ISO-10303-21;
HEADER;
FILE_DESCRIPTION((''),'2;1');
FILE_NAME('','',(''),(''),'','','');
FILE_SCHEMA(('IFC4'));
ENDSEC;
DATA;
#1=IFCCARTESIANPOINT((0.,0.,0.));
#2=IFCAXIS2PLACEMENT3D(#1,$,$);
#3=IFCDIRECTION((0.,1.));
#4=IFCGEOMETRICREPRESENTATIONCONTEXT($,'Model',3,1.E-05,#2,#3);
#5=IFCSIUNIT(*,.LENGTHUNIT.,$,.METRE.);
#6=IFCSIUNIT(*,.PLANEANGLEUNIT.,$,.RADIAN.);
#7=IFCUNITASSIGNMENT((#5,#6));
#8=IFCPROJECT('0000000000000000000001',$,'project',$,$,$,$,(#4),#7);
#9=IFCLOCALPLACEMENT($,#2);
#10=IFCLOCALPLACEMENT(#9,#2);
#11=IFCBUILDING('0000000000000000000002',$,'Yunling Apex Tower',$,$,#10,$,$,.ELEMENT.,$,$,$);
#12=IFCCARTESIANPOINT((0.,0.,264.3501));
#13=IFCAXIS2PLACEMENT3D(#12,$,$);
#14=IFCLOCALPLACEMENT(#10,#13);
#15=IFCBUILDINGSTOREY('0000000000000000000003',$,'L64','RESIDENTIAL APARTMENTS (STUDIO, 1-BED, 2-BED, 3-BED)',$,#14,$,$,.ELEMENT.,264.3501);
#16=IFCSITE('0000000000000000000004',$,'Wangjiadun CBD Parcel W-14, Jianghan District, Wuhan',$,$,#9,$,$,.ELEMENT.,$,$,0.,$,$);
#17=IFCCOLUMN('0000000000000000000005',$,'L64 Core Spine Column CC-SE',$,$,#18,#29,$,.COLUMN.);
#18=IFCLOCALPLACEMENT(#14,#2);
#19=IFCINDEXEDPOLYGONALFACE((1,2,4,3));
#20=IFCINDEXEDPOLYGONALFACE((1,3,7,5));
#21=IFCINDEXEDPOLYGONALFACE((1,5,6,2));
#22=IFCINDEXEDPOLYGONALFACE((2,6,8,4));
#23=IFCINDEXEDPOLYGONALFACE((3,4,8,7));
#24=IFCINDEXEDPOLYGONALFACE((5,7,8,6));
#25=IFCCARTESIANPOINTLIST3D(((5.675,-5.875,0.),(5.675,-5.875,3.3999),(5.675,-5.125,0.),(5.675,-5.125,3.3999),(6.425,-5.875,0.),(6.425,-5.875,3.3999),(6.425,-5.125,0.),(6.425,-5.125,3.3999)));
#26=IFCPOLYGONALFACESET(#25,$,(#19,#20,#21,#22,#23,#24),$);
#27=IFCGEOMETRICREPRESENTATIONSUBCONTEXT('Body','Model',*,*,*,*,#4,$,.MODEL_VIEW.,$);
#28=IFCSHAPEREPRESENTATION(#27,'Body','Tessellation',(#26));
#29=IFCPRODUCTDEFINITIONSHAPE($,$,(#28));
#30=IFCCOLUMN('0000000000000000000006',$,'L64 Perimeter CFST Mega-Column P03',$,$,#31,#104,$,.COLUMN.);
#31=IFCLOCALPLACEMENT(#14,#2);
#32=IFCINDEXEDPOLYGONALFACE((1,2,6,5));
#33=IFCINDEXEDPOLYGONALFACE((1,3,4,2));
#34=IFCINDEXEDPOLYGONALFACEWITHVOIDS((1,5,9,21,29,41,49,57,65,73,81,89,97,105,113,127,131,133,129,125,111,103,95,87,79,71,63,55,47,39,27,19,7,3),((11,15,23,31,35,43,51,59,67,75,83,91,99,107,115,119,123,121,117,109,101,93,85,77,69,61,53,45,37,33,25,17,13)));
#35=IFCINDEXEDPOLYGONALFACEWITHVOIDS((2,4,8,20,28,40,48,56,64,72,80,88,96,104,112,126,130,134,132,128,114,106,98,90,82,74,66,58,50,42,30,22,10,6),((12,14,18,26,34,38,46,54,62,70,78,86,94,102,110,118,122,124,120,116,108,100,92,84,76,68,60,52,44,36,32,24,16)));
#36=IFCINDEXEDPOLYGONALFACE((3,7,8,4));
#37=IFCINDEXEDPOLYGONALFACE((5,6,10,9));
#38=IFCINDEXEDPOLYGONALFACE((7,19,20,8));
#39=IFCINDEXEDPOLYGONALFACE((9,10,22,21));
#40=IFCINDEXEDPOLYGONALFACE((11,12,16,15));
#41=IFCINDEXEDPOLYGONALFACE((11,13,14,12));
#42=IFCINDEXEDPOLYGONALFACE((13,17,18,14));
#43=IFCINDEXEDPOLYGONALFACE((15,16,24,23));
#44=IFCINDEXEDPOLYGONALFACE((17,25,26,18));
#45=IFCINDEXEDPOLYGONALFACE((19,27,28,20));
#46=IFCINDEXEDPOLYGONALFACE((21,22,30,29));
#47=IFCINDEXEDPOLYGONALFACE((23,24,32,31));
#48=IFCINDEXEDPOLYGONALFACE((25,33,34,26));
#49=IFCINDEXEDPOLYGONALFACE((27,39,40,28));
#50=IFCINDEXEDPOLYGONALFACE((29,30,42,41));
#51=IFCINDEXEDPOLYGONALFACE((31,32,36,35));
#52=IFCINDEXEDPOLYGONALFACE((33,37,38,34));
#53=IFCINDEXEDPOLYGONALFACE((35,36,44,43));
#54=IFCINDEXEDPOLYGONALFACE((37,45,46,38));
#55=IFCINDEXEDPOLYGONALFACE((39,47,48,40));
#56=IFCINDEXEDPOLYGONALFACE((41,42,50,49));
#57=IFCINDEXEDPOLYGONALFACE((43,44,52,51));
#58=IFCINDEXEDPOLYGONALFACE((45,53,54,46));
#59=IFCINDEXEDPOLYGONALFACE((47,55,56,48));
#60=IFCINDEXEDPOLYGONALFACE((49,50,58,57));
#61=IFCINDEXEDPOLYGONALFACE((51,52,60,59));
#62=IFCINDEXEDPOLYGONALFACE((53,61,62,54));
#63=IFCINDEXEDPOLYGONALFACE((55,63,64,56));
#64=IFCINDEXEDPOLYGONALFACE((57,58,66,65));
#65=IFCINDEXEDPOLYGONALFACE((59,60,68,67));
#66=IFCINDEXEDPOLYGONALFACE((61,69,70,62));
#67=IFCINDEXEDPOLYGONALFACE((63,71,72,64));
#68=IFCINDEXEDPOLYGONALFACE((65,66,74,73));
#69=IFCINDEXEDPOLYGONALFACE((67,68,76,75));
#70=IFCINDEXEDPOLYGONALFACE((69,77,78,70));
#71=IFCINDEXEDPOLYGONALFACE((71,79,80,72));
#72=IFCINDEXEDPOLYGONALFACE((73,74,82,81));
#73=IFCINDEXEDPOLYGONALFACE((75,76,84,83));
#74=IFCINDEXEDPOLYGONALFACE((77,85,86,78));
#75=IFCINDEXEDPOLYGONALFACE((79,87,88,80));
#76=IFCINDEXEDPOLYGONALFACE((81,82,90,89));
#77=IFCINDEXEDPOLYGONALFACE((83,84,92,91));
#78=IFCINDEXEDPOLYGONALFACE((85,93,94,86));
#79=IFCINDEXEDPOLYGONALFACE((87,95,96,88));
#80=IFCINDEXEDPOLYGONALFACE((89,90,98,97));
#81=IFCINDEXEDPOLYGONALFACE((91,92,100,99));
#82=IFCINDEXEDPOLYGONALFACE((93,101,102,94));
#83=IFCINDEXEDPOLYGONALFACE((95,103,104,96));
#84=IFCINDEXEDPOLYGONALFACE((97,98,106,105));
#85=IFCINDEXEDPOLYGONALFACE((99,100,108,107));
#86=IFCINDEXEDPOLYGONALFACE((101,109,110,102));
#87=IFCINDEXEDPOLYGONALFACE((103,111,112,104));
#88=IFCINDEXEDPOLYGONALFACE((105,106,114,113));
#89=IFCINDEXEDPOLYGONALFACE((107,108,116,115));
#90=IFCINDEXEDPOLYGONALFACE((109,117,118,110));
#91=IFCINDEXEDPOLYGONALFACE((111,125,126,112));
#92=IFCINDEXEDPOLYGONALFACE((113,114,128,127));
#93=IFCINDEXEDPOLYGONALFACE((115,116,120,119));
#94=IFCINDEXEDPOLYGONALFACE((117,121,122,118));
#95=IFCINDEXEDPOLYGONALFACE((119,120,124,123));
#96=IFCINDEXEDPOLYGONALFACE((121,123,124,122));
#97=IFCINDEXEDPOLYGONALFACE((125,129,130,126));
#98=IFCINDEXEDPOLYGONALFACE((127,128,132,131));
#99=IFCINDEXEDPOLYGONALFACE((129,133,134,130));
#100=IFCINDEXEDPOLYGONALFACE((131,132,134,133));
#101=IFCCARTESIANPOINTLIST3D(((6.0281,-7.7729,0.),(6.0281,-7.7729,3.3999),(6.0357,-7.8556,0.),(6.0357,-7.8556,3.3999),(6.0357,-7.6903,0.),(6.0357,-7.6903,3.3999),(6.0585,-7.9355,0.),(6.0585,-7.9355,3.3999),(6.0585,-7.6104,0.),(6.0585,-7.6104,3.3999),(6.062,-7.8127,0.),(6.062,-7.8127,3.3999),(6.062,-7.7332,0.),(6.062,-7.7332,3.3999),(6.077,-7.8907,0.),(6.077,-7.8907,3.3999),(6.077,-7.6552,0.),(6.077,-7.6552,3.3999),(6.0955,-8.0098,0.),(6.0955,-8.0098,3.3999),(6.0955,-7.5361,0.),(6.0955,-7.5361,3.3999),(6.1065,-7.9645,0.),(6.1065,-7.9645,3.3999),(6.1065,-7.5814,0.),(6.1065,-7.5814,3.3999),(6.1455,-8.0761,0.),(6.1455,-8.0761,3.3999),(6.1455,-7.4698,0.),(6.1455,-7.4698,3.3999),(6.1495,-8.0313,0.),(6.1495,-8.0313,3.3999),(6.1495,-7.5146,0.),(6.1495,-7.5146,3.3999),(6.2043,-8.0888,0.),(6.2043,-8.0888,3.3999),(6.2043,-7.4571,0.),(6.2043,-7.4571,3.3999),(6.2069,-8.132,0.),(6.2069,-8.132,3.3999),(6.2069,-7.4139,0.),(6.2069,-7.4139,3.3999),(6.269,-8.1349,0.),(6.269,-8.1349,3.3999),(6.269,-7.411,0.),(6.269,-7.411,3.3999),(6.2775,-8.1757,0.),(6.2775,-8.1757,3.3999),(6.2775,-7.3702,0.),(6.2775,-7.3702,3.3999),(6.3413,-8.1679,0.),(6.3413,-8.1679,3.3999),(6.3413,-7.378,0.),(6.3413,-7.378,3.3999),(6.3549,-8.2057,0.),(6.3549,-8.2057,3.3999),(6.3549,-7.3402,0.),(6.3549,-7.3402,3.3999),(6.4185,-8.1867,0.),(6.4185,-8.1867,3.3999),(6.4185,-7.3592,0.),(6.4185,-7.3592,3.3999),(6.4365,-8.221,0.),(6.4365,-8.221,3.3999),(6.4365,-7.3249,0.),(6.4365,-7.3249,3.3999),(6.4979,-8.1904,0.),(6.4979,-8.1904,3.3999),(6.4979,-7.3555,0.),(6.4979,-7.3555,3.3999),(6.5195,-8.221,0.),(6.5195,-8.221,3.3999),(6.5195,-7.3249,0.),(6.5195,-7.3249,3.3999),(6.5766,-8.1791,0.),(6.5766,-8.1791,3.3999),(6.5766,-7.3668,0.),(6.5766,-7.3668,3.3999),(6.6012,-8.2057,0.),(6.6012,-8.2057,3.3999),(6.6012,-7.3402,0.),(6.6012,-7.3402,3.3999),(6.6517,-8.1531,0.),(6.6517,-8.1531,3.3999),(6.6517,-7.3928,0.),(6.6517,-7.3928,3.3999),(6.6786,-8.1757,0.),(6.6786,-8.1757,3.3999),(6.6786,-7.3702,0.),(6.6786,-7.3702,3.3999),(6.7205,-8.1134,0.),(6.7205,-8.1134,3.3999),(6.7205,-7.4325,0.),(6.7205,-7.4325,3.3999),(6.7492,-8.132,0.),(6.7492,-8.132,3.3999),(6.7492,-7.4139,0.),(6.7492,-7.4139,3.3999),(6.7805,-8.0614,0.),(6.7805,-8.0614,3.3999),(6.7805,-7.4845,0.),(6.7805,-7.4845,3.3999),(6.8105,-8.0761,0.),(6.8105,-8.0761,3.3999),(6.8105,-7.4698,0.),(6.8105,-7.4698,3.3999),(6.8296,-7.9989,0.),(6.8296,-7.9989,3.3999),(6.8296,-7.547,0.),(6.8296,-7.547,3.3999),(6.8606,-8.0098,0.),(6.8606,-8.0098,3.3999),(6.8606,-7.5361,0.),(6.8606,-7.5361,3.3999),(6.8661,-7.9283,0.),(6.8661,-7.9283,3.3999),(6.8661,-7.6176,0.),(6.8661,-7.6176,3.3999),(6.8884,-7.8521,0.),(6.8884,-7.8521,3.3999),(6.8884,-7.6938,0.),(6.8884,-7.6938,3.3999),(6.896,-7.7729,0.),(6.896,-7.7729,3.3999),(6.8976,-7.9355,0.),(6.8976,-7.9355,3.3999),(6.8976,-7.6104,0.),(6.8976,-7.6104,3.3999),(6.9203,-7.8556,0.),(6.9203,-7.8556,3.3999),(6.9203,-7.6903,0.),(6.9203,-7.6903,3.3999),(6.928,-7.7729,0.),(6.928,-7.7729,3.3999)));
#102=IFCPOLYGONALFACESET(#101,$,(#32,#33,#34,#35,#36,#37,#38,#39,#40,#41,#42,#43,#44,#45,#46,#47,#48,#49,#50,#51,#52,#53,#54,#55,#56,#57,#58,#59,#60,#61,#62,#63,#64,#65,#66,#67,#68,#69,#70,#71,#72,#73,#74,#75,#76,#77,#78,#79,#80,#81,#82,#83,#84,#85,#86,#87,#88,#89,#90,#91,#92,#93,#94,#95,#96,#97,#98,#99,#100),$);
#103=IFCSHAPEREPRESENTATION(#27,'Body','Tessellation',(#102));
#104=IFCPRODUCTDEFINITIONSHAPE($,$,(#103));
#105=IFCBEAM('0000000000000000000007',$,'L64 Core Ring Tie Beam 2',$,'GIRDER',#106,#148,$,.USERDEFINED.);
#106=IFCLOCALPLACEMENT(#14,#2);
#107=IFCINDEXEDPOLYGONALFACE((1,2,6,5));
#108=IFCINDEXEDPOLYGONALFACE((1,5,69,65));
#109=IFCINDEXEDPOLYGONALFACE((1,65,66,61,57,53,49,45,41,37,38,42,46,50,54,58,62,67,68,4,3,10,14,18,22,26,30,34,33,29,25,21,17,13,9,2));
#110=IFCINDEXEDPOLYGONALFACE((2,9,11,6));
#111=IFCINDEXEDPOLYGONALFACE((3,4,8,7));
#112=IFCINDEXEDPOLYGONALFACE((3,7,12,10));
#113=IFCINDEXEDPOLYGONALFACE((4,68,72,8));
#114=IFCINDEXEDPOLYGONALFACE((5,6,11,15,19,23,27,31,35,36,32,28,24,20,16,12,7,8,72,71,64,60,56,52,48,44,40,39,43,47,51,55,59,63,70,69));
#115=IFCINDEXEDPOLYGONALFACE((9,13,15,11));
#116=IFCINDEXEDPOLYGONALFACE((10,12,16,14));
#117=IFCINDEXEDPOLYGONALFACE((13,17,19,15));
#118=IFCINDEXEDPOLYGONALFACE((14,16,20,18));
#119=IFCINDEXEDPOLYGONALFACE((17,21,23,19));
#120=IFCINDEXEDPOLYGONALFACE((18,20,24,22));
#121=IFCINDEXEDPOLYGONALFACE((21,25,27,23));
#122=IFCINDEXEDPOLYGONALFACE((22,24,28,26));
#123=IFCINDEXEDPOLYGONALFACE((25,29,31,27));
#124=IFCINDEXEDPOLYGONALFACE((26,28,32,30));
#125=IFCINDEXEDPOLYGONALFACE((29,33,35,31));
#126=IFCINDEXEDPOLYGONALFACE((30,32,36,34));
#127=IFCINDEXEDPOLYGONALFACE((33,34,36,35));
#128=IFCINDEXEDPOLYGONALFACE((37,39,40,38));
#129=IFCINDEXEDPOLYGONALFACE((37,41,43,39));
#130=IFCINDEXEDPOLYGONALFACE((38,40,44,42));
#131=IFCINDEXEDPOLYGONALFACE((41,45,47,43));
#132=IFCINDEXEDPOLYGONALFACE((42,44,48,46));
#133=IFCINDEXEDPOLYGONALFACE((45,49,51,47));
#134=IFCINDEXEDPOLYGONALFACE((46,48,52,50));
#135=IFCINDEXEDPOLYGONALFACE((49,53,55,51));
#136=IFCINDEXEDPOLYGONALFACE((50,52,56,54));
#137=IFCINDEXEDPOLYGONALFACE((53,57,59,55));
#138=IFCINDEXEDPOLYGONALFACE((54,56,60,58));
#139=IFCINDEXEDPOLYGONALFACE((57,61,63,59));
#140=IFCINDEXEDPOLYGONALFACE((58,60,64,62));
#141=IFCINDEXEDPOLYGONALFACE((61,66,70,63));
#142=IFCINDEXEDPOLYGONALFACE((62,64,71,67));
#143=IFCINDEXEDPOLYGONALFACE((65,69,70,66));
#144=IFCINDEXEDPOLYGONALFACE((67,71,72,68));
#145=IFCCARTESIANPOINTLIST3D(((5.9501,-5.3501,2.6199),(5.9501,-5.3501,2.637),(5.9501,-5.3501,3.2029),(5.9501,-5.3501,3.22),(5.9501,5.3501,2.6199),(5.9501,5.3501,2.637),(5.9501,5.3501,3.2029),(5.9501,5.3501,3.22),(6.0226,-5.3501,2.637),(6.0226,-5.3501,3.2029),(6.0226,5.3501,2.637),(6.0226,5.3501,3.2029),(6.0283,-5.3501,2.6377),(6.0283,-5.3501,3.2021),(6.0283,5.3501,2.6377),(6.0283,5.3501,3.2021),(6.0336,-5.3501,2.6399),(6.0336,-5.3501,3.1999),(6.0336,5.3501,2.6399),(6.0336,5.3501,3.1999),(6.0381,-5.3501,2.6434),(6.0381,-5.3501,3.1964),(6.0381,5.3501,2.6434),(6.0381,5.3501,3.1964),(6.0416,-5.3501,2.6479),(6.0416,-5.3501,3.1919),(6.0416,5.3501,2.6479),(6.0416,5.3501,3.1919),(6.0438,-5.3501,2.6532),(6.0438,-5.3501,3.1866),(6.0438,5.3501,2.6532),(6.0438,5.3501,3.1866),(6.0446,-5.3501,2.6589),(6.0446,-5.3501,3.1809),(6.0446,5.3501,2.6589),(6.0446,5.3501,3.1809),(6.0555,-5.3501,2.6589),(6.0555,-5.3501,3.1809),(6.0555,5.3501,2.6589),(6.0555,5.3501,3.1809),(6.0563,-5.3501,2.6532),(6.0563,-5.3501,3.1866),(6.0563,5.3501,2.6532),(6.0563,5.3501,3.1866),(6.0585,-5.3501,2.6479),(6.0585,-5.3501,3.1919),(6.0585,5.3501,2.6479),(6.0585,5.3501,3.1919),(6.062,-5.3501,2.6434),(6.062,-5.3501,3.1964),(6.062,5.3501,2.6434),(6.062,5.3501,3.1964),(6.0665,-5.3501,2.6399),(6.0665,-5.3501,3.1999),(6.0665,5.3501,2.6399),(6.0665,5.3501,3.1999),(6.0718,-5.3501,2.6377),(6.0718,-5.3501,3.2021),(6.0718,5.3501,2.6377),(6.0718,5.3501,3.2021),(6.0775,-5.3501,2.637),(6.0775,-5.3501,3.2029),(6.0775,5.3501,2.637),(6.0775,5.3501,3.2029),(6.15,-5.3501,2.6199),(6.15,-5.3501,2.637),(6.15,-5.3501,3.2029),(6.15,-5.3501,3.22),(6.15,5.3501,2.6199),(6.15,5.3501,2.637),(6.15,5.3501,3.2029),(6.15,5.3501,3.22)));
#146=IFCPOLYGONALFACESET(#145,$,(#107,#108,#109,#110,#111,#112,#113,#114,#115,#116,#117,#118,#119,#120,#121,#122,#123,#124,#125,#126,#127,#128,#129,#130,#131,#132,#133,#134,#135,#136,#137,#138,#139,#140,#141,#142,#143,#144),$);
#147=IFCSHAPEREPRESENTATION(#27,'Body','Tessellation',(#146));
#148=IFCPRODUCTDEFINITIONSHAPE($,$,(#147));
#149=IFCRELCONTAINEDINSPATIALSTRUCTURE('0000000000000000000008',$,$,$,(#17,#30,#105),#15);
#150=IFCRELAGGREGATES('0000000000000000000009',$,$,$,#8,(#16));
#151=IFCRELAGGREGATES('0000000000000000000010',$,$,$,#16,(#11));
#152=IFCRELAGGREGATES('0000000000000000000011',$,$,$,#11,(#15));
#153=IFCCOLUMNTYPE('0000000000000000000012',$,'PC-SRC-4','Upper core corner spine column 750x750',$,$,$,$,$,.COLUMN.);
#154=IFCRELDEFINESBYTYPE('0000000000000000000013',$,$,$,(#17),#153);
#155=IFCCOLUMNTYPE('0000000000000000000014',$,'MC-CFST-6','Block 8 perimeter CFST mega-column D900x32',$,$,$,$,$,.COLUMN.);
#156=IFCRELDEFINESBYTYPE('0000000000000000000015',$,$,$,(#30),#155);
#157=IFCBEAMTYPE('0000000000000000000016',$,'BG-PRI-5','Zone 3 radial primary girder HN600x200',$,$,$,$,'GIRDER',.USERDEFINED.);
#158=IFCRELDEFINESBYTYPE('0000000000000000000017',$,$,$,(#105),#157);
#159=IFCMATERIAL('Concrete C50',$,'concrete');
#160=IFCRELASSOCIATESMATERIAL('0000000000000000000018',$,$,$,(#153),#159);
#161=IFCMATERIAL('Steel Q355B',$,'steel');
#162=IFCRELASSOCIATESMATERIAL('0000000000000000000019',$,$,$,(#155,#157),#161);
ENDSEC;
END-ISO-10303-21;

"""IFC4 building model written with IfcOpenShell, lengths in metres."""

from ifc_helpers import new_model, si_unit, direction, frame, origin, origin_2d, place, context, subcontext, project, spatial, rectangle, hollow_circle, i_section, extrude, source, transform, mapped, material, material_profile, profile_set, type_object, element, save


model = new_model("IFC4")

# Units and contexts
model_context = context("Model", 3, precision=1e-05, world=origin(), true_north=direction((0.0, 1.0)))
body_context = subcontext(model_context, "Body", "Model", "MODEL_VIEW")
ifc_project = project(units=[si_unit("LENGTHUNIT", "METRE"), si_unit("PLANEANGLEUNIT", "RADIAN")], contexts=[model_context])

# Site, building, storey
site_placement = place(None, origin())
site = spatial("IfcSite", under=ifc_project, at=site_placement, Name="Wangjiadun CBD Parcel W-14, Jianghan District, Wuhan", CompositionType="ELEMENT", RefElevation=0.0)
building_placement = place(site_placement, origin())
building = spatial("IfcBuilding", under=site, at=building_placement, Name="Yunling Apex Tower", CompositionType="ELEMENT")
storey_placement = place(building_placement, frame((0.0, 0.0, 264.3501)))
storey = spatial("IfcBuildingStorey", under=building, at=storey_placement, Name="L64", Description="RESIDENTIAL APARTMENTS (STUDIO, 1-BED, 2-BED, 3-BED)", CompositionType="ELEMENT", Elevation=264.3501)

# Columns
ifc_material_1 = material(Name="Concrete C50", Category="concrete")
ifc_material_profile_1 = material_profile(ifc_material_1, rectangle(XDim=0.75, YDim=0.75, at=origin_2d()))
ifc_profile_set_1 = profile_set([ifc_material_profile_1], Name="Concrete C50")
column_type_1 = type_object("IfcColumnType", Name="PC-SRC-4", Description="Upper core corner spine column 750x750", PredefinedType="COLUMN", material=ifc_profile_set_1)
shared_shape_1 = source(origin(), body_context, "Body", "SweptSolid", [
    extrude(rectangle(XDim=0.75, YDim=0.75, at=origin_2d()), origin(), (0.0, 0.0, 1.0), 3.3999),
])
column_1_placement = place(storey_placement, frame((6.05, -5.5, 0.0), z_axis=(0.0, 0.0, 1.0), x_axis=(1.0, 0.0, 0.0)))
element("IfcColumn", 1, at=column_1_placement, inside=storey, type_object=column_type_1, Name="L64 Core Spine Column CC-SE", PredefinedType="COLUMN", context=body_context, shape_type="MappedRepresentation", body=[
    mapped(shared_shape_1, transform((0.0, 0.0, 0.0), scale=1.0)),
])
ifc_material_2 = material(Name="Steel Q355B", Category="steel")
ifc_material_profile_2 = material_profile(ifc_material_2, hollow_circle(Radius=0.45, WallThickness=0.032, at=origin_2d()))
ifc_profile_set_2 = profile_set([ifc_material_profile_2], Name="Steel Q355B")
column_type_2 = type_object("IfcColumnType", Name="MC-CFST-6", Description="Block 8 perimeter CFST mega-column D900x32", PredefinedType="COLUMN", material=ifc_profile_set_2)
shared_shape_2 = source(origin(), body_context, "Body", "SweptSolid", [
    extrude(hollow_circle(Radius=0.45, WallThickness=0.032, at=origin_2d()), origin(), (0.0, 0.0, 1.0), 3.3999),
])
column_2_placement = place(storey_placement, frame((6.478, -7.7729, 0.0), z_axis=(0.0, 0.0, 1.0), x_axis=(1.0, 0.0, 0.0)))
element("IfcColumn", 2, at=column_2_placement, inside=storey, type_object=column_type_2, Name="L64 Perimeter CFST Mega-Column P03", PredefinedType="COLUMN", context=body_context, shape_type="MappedRepresentation", body=[
    mapped(shared_shape_2, transform((0.0, 0.0, 0.0), scale=1.0)),
])

# Beam
ifc_material_profile_3 = material_profile(ifc_material_2, i_section(OverallWidth=0.2, OverallDepth=0.6001, WebThickness=0.011, FlangeThickness=0.0171, FilletRadius=0.022, at=origin_2d()))
ifc_profile_set_3 = profile_set([ifc_material_profile_3], Name="Steel Q355B")
beam_type_1 = type_object("IfcBeamType", Name="BG-PRI-5", Description="Zone 3 radial primary girder HN600x200", ElementType="GIRDER", PredefinedType="USERDEFINED", material=ifc_profile_set_3)
shared_shape_3 = source(origin(), body_context, "Body", "SweptSolid", [
    extrude(i_section(OverallWidth=0.2, OverallDepth=0.6001, WebThickness=0.011, FlangeThickness=0.0171, FilletRadius=0.022, at=origin_2d()), origin(), (0.0, 0.0, 1.0), 10.7002),
])
beam_1_placement = place(storey_placement, frame((6.05, -5.3501, 2.9199), z_axis=(0.0, 1.0, 0.0), x_axis=(-1.0, 0.0, 0.0)))
element("IfcBeam", 3, at=beam_1_placement, inside=storey, type_object=beam_type_1, Name="L64 Core Ring Tie Beam 2", ObjectType="GIRDER", PredefinedType="USERDEFINED", context=body_context, shape_type="MappedRepresentation", body=[
    mapped(shared_shape_3, transform((0.0, 0.0, 0.0), scale=1.0)),
])

save(model, "model.ifc")
